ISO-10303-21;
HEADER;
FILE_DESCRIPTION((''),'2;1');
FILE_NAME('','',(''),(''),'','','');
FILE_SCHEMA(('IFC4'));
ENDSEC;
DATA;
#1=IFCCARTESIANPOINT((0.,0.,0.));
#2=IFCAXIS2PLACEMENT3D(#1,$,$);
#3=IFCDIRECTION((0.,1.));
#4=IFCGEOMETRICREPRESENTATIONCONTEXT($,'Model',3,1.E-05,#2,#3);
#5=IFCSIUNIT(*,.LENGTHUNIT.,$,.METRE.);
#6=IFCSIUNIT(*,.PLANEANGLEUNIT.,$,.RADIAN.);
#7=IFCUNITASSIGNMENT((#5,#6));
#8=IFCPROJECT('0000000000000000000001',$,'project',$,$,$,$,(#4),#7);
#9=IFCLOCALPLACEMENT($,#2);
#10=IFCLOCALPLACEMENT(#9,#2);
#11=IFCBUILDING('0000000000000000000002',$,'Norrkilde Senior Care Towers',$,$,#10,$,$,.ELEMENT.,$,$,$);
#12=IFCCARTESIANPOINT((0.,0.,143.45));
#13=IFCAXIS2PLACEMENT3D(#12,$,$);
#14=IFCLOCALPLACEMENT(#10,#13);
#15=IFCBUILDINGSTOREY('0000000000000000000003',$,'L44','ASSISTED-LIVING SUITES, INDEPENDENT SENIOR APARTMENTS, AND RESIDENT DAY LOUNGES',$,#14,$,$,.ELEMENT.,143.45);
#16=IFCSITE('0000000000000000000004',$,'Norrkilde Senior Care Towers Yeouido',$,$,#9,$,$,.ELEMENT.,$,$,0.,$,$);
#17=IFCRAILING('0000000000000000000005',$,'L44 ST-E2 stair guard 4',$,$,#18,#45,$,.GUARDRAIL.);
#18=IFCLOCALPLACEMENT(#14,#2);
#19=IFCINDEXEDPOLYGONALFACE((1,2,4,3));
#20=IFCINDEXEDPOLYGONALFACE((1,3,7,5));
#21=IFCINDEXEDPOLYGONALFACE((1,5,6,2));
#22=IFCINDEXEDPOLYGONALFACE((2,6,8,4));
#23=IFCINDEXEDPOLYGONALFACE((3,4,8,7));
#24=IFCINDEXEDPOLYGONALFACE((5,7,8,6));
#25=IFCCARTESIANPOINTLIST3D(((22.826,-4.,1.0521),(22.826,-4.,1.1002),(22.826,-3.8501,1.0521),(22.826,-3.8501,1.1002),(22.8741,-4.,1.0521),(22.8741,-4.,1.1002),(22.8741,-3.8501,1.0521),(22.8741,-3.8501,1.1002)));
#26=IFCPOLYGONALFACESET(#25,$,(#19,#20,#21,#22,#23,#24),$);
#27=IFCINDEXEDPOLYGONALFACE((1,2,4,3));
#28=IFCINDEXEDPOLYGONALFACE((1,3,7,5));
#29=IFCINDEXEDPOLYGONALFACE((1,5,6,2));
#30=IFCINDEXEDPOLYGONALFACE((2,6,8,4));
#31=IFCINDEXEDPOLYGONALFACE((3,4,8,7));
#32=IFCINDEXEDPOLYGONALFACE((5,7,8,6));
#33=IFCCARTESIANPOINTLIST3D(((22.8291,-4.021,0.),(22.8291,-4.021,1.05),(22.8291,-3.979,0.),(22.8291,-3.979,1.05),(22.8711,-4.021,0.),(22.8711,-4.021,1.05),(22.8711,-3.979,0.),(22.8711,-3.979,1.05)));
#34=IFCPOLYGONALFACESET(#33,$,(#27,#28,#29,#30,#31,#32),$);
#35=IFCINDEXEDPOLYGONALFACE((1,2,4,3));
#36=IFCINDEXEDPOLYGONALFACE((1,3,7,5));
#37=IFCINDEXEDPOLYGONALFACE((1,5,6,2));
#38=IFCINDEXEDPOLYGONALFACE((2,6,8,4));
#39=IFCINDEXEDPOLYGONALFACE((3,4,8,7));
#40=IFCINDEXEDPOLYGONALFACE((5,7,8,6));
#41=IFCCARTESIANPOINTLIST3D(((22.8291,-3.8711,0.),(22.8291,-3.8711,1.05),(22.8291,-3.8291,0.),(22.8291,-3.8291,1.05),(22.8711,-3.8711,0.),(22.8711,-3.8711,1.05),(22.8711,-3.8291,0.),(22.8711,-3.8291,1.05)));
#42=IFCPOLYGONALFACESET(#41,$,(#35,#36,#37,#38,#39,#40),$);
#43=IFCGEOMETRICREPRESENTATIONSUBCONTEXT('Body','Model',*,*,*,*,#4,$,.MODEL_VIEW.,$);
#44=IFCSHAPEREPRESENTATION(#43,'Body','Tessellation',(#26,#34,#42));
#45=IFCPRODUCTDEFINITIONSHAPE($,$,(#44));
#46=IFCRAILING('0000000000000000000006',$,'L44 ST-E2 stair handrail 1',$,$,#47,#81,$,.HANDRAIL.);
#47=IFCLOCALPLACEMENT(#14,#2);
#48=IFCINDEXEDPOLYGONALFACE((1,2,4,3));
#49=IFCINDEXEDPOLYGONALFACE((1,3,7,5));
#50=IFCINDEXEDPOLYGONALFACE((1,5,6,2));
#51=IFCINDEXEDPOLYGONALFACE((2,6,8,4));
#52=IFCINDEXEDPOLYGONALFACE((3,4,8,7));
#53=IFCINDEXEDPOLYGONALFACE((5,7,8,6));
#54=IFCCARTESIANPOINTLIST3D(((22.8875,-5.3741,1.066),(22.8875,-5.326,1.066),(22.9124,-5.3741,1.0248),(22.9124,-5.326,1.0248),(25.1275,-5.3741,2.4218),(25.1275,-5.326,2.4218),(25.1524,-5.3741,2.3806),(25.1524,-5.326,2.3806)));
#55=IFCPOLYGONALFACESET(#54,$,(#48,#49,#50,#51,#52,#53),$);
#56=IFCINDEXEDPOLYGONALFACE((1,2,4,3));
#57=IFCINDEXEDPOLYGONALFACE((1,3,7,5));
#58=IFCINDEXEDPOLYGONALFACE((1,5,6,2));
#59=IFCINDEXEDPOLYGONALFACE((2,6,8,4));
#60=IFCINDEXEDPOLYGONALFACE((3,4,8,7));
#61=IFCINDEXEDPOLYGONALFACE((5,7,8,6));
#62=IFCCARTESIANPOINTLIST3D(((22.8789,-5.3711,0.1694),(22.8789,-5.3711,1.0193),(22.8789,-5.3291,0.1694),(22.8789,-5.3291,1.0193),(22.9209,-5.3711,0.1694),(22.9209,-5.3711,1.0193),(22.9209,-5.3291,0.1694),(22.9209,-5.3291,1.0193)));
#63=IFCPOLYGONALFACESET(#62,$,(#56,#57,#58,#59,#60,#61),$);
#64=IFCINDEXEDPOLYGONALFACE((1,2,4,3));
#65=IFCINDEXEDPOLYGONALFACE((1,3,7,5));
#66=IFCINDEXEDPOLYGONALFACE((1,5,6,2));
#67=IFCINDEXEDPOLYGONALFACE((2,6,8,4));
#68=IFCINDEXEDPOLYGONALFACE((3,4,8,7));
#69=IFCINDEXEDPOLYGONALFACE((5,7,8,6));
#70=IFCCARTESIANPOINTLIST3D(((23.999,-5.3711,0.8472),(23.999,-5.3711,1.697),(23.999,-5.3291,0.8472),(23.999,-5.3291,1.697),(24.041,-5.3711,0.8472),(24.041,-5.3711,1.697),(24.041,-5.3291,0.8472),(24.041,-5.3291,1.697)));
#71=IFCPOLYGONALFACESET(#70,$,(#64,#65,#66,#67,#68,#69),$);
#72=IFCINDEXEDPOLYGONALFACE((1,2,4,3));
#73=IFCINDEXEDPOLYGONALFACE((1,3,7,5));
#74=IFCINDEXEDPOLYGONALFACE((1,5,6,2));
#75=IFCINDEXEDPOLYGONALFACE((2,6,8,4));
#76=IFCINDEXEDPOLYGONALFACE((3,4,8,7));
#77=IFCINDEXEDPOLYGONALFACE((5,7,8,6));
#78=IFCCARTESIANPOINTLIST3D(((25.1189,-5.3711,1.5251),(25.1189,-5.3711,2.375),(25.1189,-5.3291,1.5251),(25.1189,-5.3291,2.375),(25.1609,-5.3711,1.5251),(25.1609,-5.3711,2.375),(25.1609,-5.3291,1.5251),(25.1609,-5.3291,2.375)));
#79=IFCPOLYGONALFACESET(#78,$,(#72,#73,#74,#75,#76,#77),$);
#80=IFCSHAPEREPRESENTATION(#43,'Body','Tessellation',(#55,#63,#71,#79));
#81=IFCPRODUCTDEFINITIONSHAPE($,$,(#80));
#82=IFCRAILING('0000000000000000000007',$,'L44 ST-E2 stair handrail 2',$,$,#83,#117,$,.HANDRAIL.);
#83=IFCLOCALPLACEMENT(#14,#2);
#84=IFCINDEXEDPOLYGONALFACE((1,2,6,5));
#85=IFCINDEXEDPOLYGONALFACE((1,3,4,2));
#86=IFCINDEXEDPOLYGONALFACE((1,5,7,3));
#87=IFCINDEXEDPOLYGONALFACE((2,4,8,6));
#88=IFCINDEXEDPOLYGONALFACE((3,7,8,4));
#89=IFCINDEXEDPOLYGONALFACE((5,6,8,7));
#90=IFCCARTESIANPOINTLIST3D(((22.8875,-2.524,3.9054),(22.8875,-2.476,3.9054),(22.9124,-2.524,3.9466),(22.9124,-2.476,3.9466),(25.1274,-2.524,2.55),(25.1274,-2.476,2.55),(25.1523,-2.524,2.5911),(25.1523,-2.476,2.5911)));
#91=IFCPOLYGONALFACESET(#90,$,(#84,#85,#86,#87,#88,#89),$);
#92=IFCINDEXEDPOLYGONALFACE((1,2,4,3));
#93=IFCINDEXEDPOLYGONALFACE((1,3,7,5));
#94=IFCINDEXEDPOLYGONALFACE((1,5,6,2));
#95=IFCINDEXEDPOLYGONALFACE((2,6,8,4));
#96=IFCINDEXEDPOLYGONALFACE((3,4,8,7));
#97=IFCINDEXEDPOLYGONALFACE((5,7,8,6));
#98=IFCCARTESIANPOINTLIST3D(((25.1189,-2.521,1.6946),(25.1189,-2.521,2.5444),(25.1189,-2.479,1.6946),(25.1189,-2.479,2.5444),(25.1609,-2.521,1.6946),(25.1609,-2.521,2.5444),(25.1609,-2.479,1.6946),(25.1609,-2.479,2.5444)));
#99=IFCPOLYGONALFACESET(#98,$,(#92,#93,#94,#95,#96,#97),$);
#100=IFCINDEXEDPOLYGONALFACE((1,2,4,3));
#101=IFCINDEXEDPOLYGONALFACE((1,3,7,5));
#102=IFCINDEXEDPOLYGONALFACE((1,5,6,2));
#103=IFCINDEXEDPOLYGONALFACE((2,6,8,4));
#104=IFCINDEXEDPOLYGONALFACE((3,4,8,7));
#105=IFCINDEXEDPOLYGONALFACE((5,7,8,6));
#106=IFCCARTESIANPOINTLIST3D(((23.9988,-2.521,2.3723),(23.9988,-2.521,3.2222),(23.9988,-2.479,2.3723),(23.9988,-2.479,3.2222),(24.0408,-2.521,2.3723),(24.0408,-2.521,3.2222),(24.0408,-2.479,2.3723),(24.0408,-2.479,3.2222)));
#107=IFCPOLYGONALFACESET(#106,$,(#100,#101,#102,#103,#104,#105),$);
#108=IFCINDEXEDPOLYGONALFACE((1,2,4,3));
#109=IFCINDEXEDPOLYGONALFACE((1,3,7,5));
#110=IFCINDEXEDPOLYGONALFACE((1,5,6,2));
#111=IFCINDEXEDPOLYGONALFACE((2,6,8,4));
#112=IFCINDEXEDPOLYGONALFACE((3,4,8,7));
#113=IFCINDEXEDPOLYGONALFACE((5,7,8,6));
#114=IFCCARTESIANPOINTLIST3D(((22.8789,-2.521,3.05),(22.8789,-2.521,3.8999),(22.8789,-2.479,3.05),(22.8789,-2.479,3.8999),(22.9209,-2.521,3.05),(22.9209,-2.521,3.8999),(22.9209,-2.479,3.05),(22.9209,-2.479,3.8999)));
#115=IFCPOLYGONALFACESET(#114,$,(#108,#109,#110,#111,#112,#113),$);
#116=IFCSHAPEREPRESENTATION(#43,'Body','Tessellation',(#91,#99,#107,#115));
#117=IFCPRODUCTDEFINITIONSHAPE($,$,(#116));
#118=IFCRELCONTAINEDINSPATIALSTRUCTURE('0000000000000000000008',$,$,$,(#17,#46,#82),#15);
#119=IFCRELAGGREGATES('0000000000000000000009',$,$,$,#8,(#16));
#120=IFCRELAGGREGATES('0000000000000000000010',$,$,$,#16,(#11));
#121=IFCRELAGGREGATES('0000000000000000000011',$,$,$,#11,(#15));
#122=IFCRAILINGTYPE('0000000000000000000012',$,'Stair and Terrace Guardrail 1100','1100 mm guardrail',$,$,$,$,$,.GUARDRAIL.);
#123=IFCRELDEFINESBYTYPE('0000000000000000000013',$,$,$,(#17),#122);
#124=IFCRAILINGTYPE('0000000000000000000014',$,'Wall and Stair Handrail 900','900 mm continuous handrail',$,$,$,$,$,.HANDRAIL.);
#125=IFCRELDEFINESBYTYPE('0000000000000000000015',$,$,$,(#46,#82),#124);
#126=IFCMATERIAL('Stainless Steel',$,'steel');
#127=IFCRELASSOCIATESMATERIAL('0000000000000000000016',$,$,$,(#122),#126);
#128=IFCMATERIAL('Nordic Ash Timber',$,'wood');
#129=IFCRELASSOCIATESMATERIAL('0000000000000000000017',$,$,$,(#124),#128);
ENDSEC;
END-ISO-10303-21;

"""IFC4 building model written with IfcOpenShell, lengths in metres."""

from ifc_helpers import new_model, si_unit, direction, frame, origin, origin_2d, place, context, subcontext, project, spatial, rectangle, extrude, material, type_object, element, save


model = new_model("IFC4")

# Units and contexts
model_context = context("Model", 3, precision=1e-05, world=origin(), true_north=direction((0.0, 1.0)))
body_context = subcontext(model_context, "Body", "Model", "MODEL_VIEW")
ifc_project = project(units=[si_unit("LENGTHUNIT", "METRE"), si_unit("PLANEANGLEUNIT", "RADIAN")], contexts=[model_context])

# Site, building, storey
site_placement = place(None, origin())
site = spatial("IfcSite", under=ifc_project, at=site_placement, Name="Norrkilde Senior Care Towers Yeouido", CompositionType="ELEMENT", RefElevation=0.0)
building_placement = place(site_placement, origin())
building = spatial("IfcBuilding", under=site, at=building_placement, Name="Norrkilde Senior Care Towers", CompositionType="ELEMENT")
storey_placement = place(building_placement, frame((0.0, 0.0, 143.45)))
storey = spatial("IfcBuildingStorey", under=building, at=storey_placement, Name="L44", Description="ASSISTED-LIVING SUITES, INDEPENDENT SENIOR APARTMENTS, AND RESIDENT DAY LOUNGES", CompositionType="ELEMENT", Elevation=143.45)

# Railings
ifc_material_1 = material(Name="Stainless Steel", Category="steel")
railing_type_1 = type_object("IfcRailingType", Name="Stair and Terrace Guardrail 1100", Description="1100 mm guardrail", PredefinedType="GUARDRAIL", material=ifc_material_1)
railing_1_placement = place(storey_placement, frame((22.8501, -4.0, 0.0)))
element("IfcRailing", 1, at=railing_1_placement, inside=storey, type_object=railing_type_1, Name="L44 ST-E2 stair guard 4", PredefinedType="GUARDRAIL", context=body_context, shape_type="SweptSolid", body=[
    extrude(rectangle(XDim=0.0481, YDim=0.0481, at=origin_2d()), frame((0.0, 0.0, 1.0762), z_axis=(0.0, 1.0, 0.0), x_axis=(-1.0, 0.0, 0.0)), (0.0, 0.0, 1.0), 0.1499),
    extrude(rectangle(XDim=0.042, YDim=0.042, at=origin_2d()), origin(), (0.0, 0.0, 1.0), 1.05),
    extrude(rectangle(XDim=0.042, YDim=0.042, at=origin_2d()), frame((0.0, 0.1499, 0.0)), (0.0, 0.0, 1.0), 1.05),
])
ifc_material_2 = material(Name="Nordic Ash Timber", Category="wood")
railing_type_2 = type_object("IfcRailingType", Name="Wall and Stair Handrail 900", Description="900 mm continuous handrail", PredefinedType="HANDRAIL", material=ifc_material_2)
railing_2_placement = place(storey_placement, frame((22.8999, -5.3501, 0.1694)))
element("IfcRailing", 2, at=railing_2_placement, inside=storey, type_object=railing_type_2, Name="L44 ST-E2 stair handrail 1", PredefinedType="HANDRAIL", context=body_context, shape_type="SweptSolid", body=[
    extrude(rectangle(XDim=0.0481, YDim=0.0481, at=origin_2d()), frame((0.0, 0.0, 0.876), z_axis=(0.855512, 0.0, 0.517783), x_axis=(0.0, 1.0, 0.0)), (0.0, 0.0, 1.0), 2.6184),
    extrude(rectangle(XDim=0.042, YDim=0.042, at=origin_2d()), origin(), (0.0, 0.0, 1.0), 0.8499),
    extrude(rectangle(XDim=0.042, YDim=0.042, at=origin_2d()), frame((1.1201, 0.0, 0.6777)), (0.0, 0.0, 1.0), 0.8499),
    extrude(rectangle(XDim=0.042, YDim=0.042, at=origin_2d()), frame((2.24, 0.0, 1.3557)), (0.0, 0.0, 1.0), 0.8499),
])
railing_3_placement = place(storey_placement, frame((25.1399, -2.5, 1.6946)))
element("IfcRailing", 3, at=railing_3_placement, inside=storey, type_object=railing_type_2, Name="L44 ST-E2 stair handrail 2", PredefinedType="HANDRAIL", context=body_context, shape_type="SweptSolid", body=[
    extrude(rectangle(XDim=0.0481, YDim=0.0481, at=origin_2d()), frame((0.0, 0.0, 0.876), z_axis=(-0.855553, 0.0, 0.517715), x_axis=(0.0, -1.0, 0.0)), (0.0, 0.0, 1.0), 2.6182),
    extrude(rectangle(XDim=0.042, YDim=0.042, at=origin_2d()), origin(), (0.0, 0.0, 1.0), 0.8499),
    extrude(rectangle(XDim=0.042, YDim=0.042, at=origin_2d()), frame((-1.1201, 0.0, 0.6777)), (0.0, 0.0, 1.0), 0.8499),
    extrude(rectangle(XDim=0.042, YDim=0.042, at=origin_2d()), frame((-2.24, 0.0, 1.3555)), (0.0, 0.0, 1.0), 0.8499),
])

save(model, "model.ifc")
